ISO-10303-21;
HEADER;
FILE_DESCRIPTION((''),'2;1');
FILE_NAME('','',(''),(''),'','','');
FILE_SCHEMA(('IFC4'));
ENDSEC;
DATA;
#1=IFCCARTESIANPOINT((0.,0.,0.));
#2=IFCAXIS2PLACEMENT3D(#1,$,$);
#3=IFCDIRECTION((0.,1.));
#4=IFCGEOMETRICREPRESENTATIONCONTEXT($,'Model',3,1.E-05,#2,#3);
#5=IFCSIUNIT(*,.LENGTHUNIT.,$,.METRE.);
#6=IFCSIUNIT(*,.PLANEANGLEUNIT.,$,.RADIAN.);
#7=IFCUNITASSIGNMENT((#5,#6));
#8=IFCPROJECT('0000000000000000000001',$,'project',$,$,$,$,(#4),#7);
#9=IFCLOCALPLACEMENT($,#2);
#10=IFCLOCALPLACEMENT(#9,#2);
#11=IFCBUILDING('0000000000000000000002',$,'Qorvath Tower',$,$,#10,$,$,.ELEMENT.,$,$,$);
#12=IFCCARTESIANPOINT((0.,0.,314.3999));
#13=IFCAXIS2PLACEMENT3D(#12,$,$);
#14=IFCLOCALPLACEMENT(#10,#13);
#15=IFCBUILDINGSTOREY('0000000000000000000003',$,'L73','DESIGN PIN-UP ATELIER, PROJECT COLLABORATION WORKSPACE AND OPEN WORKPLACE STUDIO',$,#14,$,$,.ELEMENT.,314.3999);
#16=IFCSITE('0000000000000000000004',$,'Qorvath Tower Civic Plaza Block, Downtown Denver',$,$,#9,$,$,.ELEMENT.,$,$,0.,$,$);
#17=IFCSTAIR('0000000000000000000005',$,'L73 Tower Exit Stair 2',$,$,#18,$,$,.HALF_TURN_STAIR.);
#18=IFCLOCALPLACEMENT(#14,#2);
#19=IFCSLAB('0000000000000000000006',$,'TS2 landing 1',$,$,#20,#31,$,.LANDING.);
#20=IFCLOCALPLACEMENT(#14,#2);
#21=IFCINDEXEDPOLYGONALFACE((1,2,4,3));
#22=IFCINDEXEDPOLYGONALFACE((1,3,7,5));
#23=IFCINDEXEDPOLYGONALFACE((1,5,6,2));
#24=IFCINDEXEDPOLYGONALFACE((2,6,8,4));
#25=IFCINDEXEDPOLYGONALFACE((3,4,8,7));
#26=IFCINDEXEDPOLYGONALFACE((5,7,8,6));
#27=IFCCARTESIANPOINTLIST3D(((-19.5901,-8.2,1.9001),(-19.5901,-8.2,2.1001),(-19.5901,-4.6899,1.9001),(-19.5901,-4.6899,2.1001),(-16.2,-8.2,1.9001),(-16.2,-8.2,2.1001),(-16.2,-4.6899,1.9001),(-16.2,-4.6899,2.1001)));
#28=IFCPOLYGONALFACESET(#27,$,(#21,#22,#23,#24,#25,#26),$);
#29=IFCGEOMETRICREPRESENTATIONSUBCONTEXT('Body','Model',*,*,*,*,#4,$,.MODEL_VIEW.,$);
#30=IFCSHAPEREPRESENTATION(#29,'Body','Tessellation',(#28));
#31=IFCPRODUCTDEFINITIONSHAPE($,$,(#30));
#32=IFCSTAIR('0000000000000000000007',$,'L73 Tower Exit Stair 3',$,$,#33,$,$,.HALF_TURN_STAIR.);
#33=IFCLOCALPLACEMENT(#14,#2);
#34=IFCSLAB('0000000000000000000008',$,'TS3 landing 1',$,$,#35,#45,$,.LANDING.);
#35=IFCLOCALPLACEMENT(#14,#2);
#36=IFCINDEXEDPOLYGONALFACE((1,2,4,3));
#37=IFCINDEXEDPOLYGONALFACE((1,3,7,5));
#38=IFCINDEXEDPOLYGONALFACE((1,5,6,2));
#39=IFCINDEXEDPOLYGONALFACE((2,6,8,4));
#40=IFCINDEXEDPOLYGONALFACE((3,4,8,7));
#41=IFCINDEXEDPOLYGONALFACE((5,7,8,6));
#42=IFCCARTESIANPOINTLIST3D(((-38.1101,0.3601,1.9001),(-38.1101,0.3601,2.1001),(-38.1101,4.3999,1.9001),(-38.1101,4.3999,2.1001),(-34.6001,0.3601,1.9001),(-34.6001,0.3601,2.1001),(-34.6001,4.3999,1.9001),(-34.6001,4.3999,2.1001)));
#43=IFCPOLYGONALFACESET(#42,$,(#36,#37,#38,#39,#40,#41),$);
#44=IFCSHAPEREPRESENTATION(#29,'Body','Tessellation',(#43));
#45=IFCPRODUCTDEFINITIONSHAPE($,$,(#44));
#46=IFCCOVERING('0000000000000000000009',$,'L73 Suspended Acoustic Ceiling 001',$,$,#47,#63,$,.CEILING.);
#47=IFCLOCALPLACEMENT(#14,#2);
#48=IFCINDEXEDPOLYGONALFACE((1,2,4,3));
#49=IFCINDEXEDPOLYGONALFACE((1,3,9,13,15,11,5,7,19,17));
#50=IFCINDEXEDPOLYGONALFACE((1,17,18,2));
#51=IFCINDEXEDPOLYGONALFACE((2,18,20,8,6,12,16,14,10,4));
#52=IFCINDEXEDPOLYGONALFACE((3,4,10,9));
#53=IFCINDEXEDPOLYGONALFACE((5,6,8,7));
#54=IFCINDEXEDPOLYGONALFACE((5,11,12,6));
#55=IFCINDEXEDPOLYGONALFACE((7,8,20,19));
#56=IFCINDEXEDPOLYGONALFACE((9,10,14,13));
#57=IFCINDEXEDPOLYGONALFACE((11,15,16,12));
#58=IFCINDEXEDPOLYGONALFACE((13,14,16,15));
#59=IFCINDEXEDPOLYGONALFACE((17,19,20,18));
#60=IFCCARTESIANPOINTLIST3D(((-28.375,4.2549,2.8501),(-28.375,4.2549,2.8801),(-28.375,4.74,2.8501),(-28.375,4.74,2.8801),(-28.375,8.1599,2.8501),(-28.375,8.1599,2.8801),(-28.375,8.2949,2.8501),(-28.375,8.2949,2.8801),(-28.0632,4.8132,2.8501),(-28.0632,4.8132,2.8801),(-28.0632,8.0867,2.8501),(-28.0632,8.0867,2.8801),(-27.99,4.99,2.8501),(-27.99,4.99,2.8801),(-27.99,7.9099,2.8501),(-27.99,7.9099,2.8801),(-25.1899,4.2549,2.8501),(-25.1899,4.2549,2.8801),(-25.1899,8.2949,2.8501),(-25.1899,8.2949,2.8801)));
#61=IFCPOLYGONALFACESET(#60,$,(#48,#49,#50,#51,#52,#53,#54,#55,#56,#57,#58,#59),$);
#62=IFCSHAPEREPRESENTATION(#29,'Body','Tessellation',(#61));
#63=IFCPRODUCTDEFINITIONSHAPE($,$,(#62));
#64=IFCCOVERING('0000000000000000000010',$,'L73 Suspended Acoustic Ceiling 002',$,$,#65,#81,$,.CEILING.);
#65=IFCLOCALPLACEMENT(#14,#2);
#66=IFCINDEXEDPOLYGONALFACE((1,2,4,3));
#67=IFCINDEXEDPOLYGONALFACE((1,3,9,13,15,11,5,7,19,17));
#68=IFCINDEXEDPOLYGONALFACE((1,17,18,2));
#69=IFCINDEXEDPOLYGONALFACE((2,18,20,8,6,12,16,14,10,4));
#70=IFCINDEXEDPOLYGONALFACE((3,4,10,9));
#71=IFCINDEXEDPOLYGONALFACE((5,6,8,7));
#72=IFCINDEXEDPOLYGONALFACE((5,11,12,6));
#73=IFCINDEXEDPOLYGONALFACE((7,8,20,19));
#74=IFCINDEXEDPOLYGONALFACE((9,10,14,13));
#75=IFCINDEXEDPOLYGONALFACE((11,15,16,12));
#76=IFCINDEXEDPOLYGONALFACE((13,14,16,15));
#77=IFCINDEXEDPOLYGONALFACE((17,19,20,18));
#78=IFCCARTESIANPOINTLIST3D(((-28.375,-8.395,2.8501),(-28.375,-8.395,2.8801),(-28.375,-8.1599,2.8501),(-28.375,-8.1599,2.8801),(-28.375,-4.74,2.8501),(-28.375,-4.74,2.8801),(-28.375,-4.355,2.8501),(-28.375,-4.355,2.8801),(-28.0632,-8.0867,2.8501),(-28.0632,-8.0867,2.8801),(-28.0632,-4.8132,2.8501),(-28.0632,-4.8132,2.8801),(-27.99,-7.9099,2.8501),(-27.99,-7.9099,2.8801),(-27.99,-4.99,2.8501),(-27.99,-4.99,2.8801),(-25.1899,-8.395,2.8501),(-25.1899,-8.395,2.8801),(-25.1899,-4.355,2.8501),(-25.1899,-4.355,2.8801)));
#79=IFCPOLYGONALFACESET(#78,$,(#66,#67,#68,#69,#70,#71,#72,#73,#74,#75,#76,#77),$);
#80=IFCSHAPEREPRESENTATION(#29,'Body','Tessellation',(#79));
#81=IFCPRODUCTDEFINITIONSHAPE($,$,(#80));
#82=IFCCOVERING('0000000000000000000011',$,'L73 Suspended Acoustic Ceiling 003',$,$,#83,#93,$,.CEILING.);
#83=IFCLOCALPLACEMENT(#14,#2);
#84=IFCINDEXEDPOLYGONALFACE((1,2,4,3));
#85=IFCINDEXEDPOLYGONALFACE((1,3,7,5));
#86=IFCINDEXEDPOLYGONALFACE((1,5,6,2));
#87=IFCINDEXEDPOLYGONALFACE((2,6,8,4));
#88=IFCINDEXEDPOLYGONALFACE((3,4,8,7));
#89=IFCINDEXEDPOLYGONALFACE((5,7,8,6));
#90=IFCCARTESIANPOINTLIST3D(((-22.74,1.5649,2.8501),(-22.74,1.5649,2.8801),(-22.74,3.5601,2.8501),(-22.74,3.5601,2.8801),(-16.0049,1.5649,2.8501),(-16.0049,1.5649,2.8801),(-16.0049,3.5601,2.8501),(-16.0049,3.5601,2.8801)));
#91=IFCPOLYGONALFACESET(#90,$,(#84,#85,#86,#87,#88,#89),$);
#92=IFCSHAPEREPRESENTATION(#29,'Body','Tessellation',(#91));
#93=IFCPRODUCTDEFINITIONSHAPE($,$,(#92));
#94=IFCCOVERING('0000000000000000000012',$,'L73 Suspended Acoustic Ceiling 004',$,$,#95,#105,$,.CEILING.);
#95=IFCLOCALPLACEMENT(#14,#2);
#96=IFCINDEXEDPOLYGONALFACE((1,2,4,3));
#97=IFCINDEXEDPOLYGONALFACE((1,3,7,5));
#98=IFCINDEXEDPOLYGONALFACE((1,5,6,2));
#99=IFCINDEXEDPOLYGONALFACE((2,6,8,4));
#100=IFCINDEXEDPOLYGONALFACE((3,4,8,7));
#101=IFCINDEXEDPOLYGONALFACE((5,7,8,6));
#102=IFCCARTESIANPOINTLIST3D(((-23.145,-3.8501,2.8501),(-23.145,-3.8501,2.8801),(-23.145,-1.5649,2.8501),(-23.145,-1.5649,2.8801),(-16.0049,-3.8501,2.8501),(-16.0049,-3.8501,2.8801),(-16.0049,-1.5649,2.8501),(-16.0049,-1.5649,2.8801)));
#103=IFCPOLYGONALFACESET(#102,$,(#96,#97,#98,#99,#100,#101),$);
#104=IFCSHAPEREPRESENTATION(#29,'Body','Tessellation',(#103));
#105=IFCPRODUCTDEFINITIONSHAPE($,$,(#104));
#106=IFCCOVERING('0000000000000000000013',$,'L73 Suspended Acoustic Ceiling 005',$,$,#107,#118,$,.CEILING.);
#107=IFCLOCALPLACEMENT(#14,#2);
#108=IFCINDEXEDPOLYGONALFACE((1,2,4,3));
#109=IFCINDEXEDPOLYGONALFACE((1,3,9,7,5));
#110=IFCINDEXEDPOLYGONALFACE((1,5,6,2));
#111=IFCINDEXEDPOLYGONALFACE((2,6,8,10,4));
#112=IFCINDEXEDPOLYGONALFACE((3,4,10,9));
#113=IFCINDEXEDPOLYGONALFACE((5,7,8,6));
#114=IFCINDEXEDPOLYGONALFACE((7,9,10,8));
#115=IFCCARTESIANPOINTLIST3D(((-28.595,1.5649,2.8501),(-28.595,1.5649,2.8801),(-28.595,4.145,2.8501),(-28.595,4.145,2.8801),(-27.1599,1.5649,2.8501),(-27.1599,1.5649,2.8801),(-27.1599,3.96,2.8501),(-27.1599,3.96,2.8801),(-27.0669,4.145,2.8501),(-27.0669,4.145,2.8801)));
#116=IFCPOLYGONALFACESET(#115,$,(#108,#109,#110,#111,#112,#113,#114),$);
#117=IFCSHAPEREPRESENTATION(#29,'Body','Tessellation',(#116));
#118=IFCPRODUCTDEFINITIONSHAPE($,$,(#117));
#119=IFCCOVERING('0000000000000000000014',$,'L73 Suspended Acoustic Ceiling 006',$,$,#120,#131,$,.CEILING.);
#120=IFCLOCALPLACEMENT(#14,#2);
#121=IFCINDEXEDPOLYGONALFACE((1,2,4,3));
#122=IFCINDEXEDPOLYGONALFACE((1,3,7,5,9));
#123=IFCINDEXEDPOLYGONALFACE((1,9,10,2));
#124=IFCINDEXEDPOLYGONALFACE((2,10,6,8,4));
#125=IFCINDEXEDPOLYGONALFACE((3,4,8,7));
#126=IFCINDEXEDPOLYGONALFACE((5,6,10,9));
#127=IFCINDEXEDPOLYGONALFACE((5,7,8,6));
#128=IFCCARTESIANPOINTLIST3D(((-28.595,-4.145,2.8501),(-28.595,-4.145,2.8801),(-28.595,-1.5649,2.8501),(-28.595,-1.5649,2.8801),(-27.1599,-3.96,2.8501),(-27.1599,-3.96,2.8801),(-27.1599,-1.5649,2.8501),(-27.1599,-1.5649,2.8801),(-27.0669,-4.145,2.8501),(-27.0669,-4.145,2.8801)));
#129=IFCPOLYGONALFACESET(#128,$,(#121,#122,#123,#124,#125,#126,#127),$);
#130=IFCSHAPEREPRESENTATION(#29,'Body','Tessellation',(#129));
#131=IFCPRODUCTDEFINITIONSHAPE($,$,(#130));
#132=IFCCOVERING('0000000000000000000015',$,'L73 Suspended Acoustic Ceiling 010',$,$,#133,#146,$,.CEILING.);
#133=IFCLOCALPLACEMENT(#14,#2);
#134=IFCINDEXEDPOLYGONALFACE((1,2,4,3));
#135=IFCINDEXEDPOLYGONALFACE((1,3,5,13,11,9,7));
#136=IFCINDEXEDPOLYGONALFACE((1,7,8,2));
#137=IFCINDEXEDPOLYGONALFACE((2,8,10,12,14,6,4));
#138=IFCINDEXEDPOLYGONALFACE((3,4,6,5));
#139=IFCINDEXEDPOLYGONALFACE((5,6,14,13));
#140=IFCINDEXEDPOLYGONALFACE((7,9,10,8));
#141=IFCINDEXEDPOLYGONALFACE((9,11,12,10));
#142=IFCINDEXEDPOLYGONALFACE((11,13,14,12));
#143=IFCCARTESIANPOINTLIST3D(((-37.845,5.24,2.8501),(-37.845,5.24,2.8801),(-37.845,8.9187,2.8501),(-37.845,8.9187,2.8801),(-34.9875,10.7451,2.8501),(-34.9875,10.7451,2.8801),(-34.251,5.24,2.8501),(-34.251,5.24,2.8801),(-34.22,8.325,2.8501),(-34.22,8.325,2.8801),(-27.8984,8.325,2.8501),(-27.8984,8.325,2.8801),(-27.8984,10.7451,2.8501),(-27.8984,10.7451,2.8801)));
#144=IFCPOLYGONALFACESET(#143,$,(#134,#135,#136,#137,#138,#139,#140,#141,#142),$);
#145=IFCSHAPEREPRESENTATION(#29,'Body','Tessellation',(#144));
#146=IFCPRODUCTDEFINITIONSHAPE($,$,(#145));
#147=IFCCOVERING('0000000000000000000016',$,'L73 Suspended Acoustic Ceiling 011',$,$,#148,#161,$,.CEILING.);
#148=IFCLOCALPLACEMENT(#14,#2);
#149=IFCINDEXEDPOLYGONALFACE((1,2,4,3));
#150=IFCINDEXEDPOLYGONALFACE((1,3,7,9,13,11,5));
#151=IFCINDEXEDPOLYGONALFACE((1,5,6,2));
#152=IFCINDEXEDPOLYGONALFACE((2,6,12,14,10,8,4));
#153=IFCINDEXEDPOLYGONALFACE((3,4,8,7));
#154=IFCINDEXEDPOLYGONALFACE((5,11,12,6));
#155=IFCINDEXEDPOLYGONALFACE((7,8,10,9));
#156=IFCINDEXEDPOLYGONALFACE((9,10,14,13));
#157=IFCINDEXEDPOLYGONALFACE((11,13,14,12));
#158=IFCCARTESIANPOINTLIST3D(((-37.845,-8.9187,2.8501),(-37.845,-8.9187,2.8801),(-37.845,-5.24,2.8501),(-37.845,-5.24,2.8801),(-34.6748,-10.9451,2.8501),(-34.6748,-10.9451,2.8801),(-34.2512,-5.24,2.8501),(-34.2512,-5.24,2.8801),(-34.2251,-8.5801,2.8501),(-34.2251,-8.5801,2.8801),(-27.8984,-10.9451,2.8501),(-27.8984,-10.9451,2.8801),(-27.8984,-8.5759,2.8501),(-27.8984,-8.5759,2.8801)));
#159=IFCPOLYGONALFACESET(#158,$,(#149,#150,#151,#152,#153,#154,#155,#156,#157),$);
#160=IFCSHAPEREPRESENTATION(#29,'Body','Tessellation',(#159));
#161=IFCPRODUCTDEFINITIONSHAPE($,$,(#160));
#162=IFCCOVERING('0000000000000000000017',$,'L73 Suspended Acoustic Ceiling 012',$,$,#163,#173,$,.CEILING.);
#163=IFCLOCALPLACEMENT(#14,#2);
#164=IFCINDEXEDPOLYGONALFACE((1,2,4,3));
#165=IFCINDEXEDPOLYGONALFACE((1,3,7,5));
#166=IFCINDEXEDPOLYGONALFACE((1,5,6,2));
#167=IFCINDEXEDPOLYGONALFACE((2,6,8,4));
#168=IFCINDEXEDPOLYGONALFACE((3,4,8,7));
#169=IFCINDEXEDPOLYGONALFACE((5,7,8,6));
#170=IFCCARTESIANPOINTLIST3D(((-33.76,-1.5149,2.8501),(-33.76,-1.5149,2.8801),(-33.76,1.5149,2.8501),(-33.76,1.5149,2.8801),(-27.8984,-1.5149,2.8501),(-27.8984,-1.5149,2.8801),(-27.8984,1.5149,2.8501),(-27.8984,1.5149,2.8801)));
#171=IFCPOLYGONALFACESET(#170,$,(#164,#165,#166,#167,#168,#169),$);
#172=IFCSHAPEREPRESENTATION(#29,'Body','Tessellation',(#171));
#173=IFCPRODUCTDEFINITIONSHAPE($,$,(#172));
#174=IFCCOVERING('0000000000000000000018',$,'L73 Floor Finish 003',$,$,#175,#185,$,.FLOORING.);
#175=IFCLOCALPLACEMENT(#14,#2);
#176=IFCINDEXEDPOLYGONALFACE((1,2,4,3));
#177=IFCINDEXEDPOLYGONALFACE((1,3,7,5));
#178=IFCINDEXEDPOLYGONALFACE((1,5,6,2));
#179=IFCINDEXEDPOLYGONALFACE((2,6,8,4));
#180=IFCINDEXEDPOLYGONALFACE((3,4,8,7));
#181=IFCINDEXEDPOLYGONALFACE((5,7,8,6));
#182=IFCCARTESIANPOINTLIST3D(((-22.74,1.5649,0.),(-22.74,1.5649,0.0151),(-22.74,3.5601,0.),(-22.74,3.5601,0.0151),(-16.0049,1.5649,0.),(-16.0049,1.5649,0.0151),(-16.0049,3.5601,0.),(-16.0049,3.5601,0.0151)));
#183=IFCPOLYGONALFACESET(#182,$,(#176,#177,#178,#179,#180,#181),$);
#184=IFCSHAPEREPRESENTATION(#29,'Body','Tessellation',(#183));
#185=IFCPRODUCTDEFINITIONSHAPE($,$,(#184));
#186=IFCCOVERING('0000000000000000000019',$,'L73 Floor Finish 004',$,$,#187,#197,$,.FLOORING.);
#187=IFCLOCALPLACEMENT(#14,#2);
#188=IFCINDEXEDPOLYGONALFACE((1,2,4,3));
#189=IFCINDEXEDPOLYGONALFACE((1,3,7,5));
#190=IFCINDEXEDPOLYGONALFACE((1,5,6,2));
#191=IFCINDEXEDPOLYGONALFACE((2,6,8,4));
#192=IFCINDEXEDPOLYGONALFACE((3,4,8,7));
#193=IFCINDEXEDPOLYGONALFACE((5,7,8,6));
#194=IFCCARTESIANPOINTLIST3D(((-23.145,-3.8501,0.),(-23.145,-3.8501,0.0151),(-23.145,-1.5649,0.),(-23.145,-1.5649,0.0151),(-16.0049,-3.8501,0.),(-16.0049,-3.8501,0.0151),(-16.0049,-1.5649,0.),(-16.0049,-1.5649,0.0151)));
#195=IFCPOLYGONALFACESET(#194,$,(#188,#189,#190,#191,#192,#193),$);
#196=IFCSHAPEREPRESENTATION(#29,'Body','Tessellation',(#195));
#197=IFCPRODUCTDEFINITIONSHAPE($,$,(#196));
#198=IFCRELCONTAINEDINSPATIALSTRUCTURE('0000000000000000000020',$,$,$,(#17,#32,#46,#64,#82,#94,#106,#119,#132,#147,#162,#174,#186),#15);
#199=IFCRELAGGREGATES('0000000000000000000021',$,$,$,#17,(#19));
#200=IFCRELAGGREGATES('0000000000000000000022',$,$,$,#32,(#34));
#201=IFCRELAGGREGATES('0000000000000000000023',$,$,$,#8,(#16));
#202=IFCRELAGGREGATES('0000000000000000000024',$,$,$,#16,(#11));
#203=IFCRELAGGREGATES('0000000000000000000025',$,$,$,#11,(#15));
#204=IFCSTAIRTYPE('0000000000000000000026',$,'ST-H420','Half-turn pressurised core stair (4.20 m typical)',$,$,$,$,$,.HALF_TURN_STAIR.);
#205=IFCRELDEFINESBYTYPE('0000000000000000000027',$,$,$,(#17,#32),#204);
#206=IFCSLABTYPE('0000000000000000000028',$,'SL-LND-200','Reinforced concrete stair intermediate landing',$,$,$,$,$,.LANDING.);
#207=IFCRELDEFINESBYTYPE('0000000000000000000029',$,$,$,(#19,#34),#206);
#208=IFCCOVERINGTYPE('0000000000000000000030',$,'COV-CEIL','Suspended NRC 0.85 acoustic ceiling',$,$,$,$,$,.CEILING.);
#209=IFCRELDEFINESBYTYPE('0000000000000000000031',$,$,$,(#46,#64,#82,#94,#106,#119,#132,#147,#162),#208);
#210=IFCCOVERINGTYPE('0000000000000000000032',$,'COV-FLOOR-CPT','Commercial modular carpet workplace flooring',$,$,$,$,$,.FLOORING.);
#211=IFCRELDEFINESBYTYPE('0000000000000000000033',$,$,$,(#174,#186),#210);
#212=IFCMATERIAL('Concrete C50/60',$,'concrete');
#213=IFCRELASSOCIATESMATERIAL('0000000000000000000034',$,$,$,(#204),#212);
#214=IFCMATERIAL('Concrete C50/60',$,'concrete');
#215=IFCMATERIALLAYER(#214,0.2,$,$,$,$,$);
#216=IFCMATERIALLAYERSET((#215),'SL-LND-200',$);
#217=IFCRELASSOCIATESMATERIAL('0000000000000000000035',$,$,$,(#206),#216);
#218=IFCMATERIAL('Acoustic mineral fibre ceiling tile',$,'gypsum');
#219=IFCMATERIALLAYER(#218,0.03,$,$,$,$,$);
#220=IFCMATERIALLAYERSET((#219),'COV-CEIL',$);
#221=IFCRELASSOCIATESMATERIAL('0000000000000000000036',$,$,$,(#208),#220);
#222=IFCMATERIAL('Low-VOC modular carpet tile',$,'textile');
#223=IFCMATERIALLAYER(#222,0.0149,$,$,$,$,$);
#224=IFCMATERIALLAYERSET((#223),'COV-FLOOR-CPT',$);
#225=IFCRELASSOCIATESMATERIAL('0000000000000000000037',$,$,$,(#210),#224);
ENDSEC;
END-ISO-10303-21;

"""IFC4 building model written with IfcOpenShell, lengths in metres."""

from ifc_helpers import new_model, si_unit, direction, frame, origin, place, context, subcontext, project, spatial, polyline, outline, extrude, material, layer, layer_set, type_object, element, aggregate, save


model = new_model("IFC4")

# Units and contexts
model_context = context("Model", 3, precision=1e-05, world=origin(), true_north=direction((0.0, 1.0)))
body_context = subcontext(model_context, "Body", "Model", "MODEL_VIEW")
ifc_project = project(units=[si_unit("LENGTHUNIT", "METRE"), si_unit("PLANEANGLEUNIT", "RADIAN")], contexts=[model_context])

# Site, building, storey
site_placement = place(None, origin())
site = spatial("IfcSite", under=ifc_project, at=site_placement, Name="Qorvath Tower Civic Plaza Block, Downtown Denver", CompositionType="ELEMENT", RefElevation=0.0)
building_placement = place(site_placement, origin())
building = spatial("IfcBuilding", under=site, at=building_placement, Name="Qorvath Tower", CompositionType="ELEMENT")
storey_placement = place(building_placement, frame((0.0, 0.0, 314.3999)))
storey = spatial("IfcBuildingStorey", under=building, at=storey_placement, Name="L73", Description="DESIGN PIN-UP ATELIER, PROJECT COLLABORATION WORKSPACE AND OPEN WORKPLACE STUDIO", CompositionType="ELEMENT", Elevation=314.3999)

# Stairs, slabs
ifc_material_1 = material(Name="Concrete C50/60", Category="concrete")
stair_type = type_object("IfcStairType", Name="ST-H420", Description="Half-turn pressurised core stair (4.20 m typical)", PredefinedType="HALF_TURN_STAIR", material=ifc_material_1)
stair_1_placement = place(storey_placement, origin())
stair_1 = element("IfcStair", 1, at=stair_1_placement, inside=storey, type_object=stair_type, Name="L73 Tower Exit Stair 2", PredefinedType="HALF_TURN_STAIR")
ifc_material_2 = material(Name="Concrete C50/60", Category="concrete")
ifc_layer_1 = layer(ifc_material_2, 0.2)
ifc_layer_set_1 = layer_set([ifc_layer_1], Name="SL-LND-200")
slab_type = type_object("IfcSlabType", Name="SL-LND-200", Description="Reinforced concrete stair intermediate landing", PredefinedType="LANDING", material=ifc_layer_set_1)
slab_1_placement = place(storey_placement, frame((0.0, 0.0, 1.9001)))
slab_1 = element("IfcSlab", 2, at=slab_1_placement, type_object=slab_type, Name="TS2 landing 1", PredefinedType="LANDING", context=body_context, shape_type="SweptSolid", body=[
    extrude(outline(polyline([(-19.5901, -8.2), (-16.2, -8.2), (-16.2, -4.6899), (-19.5901, -4.6899), (-19.5901, -8.2)])), origin(), (0.0, 0.0, 1.0), 0.2),
])
aggregate(stair_1, [slab_1])
stair_2_placement = place(storey_placement, origin())
stair_2 = element("IfcStair", 3, at=stair_2_placement, inside=storey, type_object=stair_type, Name="L73 Tower Exit Stair 3", PredefinedType="HALF_TURN_STAIR")
slab_2_placement = place(storey_placement, frame((0.0, 0.0, 1.9001)))
slab_2 = element("IfcSlab", 4, at=slab_2_placement, type_object=slab_type, Name="TS3 landing 1", PredefinedType="LANDING", context=body_context, shape_type="SweptSolid", body=[
    extrude(outline(polyline([(-34.6001, 0.3601), (-34.6001, 4.3999), (-38.1101, 4.3999), (-38.1101, 0.3601), (-34.6001, 0.3601)])), origin(), (0.0, 0.0, 1.0), 0.2),
])
aggregate(stair_2, [slab_2])

# Coverings
ifc_material_3 = material(Name="Acoustic mineral fibre ceiling tile", Category="gypsum")
ifc_layer_2 = layer(ifc_material_3, 0.03)
ifc_layer_set_2 = layer_set([ifc_layer_2], Name="COV-CEIL")
covering_type_1 = type_object("IfcCoveringType", Name="COV-CEIL", Description="Suspended NRC 0.85 acoustic ceiling", PredefinedType="CEILING", material=ifc_layer_set_2)
covering_1_placement = place(storey_placement, frame((0.0, 0.0, 2.8501)))
element("IfcCovering", 5, at=covering_1_placement, inside=storey, type_object=covering_type_1, Name="L73 Suspended Acoustic Ceiling 001", PredefinedType="CEILING", context=body_context, shape_type="SweptSolid", body=[
    extrude(outline(polyline([(-25.1899, 4.2549), (-25.1899, 8.2949), (-28.375, 8.2949), (-28.375, 8.1599), (-28.0632, 8.0867), (-27.99, 7.9099), (-27.99, 4.99), (-28.0632, 4.8132), (-28.375, 4.74), (-28.375, 4.2549), (-25.1899, 4.2549)])), origin(), (0.0, 0.0, 1.0), 0.03),
])
covering_2_placement = place(storey_placement, frame((0.0, 0.0, 2.8501)))
element("IfcCovering", 6, at=covering_2_placement, inside=storey, type_object=covering_type_1, Name="L73 Suspended Acoustic Ceiling 002", PredefinedType="CEILING", context=body_context, shape_type="SweptSolid", body=[
    extrude(outline(polyline([(-25.1899, -8.395), (-25.1899, -4.355), (-28.375, -4.355), (-28.375, -4.74), (-28.0632, -4.8132), (-27.99, -4.99), (-27.99, -7.9099), (-28.0632, -8.0867), (-28.375, -8.1599), (-28.375, -8.395), (-25.1899, -8.395)])), origin(), (0.0, 0.0, 1.0), 0.03),
])
covering_3_placement = place(storey_placement, frame((0.0, 0.0, 2.8501)))
element("IfcCovering", 7, at=covering_3_placement, inside=storey, type_object=covering_type_1, Name="L73 Suspended Acoustic Ceiling 003", PredefinedType="CEILING", context=body_context, shape_type="SweptSolid", body=[
    extrude(outline(polyline([(-16.0049, 3.5601), (-22.74, 3.5601), (-22.74, 1.5649), (-16.0049, 1.5649), (-16.0049, 3.5601)])), origin(), (0.0, 0.0, 1.0), 0.03),
])
covering_4_placement = place(storey_placement, frame((0.0, 0.0, 2.8501)))
element("IfcCovering", 8, at=covering_4_placement, inside=storey, type_object=covering_type_1, Name="L73 Suspended Acoustic Ceiling 004", PredefinedType="CEILING", context=body_context, shape_type="SweptSolid", body=[
    extrude(outline(polyline([(-23.145, -3.8501), (-16.0049, -3.8501), (-16.0049, -1.5649), (-23.145, -1.5649), (-23.145, -3.8501)])), origin(), (0.0, 0.0, 1.0), 0.03),
])
covering_5_placement = place(storey_placement, frame((0.0, 0.0, 2.8501)))
element("IfcCovering", 9, at=covering_5_placement, inside=storey, type_object=covering_type_1, Name="L73 Suspended Acoustic Ceiling 005", PredefinedType="CEILING", context=body_context, shape_type="SweptSolid", body=[
    extrude(outline(polyline([(-27.1599, 1.5649), (-27.1599, 3.96), (-27.0669, 4.145), (-28.595, 4.145), (-28.595, 1.5649), (-27.1599, 1.5649)])), origin(), (0.0, 0.0, 1.0), 0.03),
])
covering_6_placement = place(storey_placement, frame((0.0, 0.0, 2.8501)))
element("IfcCovering", 10, at=covering_6_placement, inside=storey, type_object=covering_type_1, Name="L73 Suspended Acoustic Ceiling 006", PredefinedType="CEILING", context=body_context, shape_type="SweptSolid", body=[
    extrude(outline(polyline([(-27.0669, -4.145), (-27.1599, -3.96), (-27.1599, -1.5649), (-28.595, -1.5649), (-28.595, -4.145), (-27.0669, -4.145)])), origin(), (0.0, 0.0, 1.0), 0.03),
])
covering_7_placement = place(storey_placement, frame((0.0, 0.0, 2.8501)))
element("IfcCovering", 11, at=covering_7_placement, inside=storey, type_object=covering_type_1, Name="L73 Suspended Acoustic Ceiling 010", PredefinedType="CEILING", context=body_context, shape_type="SweptSolid", body=[
    extrude(outline(polyline([(-27.8984, 8.325), (-27.8984, 10.7451), (-34.9875, 10.7451), (-37.845, 8.9187), (-37.845, 5.24), (-34.251, 5.24), (-34.22, 8.325), (-27.8984, 8.325)])), origin(), (0.0, 0.0, 1.0), 0.03),
])
covering_8_placement = place(storey_placement, frame((0.0, 0.0, 2.8501)))
element("IfcCovering", 12, at=covering_8_placement, inside=storey, type_object=covering_type_1, Name="L73 Suspended Acoustic Ceiling 011", PredefinedType="CEILING", context=body_context, shape_type="SweptSolid", body=[
    extrude(outline(polyline([(-34.2251, -8.5801), (-34.2512, -5.24), (-37.845, -5.24), (-37.845, -8.9187), (-34.6748, -10.9451), (-27.8984, -10.9451), (-27.8984, -8.5759), (-34.2251, -8.5801)])), origin(), (0.0, 0.0, 1.0), 0.03),
])
covering_9_placement = place(storey_placement, frame((0.0, 0.0, 2.8501)))
element("IfcCovering", 13, at=covering_9_placement, inside=storey, type_object=covering_type_1, Name="L73 Suspended Acoustic Ceiling 012", PredefinedType="CEILING", context=body_context, shape_type="SweptSolid", body=[
    extrude(outline(polyline([(-27.8984, -1.5149), (-27.8984, 1.5149), (-33.76, 1.5149), (-33.76, -1.5149), (-27.8984, -1.5149)])), origin(), (0.0, 0.0, 1.0), 0.03),
])
ifc_material_4 = material(Name="Low-VOC modular carpet tile", Category="textile")
ifc_layer_3 = layer(ifc_material_4, 0.0149)
ifc_layer_set_3 = layer_set([ifc_layer_3], Name="COV-FLOOR-CPT")
covering_type_2 = type_object("IfcCoveringType", Name="COV-FLOOR-CPT", Description="Commercial modular carpet workplace flooring", PredefinedType="FLOORING", material=ifc_layer_set_3)
covering_10_placement = place(storey_placement, origin())
element("IfcCovering", 14, at=covering_10_placement, inside=storey, type_object=covering_type_2, Name="L73 Floor Finish 003", PredefinedType="FLOORING", context=body_context, shape_type="SweptSolid", body=[
    extrude(outline(polyline([(-16.0049, 3.5601), (-22.74, 3.5601), (-22.74, 1.5649), (-16.0049, 1.5649), (-16.0049, 3.5601)])), origin(), (0.0, 0.0, 1.0), 0.0151),
])
covering_11_placement = place(storey_placement, origin())
element("IfcCovering", 15, at=covering_11_placement, inside=storey, type_object=covering_type_2, Name="L73 Floor Finish 004", PredefinedType="FLOORING", context=body_context, shape_type="SweptSolid", body=[
    extrude(outline(polyline([(-23.145, -3.8501), (-16.0049, -3.8501), (-16.0049, -1.5649), (-23.145, -1.5649), (-23.145, -3.8501)])), origin(), (0.0, 0.0, 1.0), 0.0151),
])

save(model, "model.ifc")
